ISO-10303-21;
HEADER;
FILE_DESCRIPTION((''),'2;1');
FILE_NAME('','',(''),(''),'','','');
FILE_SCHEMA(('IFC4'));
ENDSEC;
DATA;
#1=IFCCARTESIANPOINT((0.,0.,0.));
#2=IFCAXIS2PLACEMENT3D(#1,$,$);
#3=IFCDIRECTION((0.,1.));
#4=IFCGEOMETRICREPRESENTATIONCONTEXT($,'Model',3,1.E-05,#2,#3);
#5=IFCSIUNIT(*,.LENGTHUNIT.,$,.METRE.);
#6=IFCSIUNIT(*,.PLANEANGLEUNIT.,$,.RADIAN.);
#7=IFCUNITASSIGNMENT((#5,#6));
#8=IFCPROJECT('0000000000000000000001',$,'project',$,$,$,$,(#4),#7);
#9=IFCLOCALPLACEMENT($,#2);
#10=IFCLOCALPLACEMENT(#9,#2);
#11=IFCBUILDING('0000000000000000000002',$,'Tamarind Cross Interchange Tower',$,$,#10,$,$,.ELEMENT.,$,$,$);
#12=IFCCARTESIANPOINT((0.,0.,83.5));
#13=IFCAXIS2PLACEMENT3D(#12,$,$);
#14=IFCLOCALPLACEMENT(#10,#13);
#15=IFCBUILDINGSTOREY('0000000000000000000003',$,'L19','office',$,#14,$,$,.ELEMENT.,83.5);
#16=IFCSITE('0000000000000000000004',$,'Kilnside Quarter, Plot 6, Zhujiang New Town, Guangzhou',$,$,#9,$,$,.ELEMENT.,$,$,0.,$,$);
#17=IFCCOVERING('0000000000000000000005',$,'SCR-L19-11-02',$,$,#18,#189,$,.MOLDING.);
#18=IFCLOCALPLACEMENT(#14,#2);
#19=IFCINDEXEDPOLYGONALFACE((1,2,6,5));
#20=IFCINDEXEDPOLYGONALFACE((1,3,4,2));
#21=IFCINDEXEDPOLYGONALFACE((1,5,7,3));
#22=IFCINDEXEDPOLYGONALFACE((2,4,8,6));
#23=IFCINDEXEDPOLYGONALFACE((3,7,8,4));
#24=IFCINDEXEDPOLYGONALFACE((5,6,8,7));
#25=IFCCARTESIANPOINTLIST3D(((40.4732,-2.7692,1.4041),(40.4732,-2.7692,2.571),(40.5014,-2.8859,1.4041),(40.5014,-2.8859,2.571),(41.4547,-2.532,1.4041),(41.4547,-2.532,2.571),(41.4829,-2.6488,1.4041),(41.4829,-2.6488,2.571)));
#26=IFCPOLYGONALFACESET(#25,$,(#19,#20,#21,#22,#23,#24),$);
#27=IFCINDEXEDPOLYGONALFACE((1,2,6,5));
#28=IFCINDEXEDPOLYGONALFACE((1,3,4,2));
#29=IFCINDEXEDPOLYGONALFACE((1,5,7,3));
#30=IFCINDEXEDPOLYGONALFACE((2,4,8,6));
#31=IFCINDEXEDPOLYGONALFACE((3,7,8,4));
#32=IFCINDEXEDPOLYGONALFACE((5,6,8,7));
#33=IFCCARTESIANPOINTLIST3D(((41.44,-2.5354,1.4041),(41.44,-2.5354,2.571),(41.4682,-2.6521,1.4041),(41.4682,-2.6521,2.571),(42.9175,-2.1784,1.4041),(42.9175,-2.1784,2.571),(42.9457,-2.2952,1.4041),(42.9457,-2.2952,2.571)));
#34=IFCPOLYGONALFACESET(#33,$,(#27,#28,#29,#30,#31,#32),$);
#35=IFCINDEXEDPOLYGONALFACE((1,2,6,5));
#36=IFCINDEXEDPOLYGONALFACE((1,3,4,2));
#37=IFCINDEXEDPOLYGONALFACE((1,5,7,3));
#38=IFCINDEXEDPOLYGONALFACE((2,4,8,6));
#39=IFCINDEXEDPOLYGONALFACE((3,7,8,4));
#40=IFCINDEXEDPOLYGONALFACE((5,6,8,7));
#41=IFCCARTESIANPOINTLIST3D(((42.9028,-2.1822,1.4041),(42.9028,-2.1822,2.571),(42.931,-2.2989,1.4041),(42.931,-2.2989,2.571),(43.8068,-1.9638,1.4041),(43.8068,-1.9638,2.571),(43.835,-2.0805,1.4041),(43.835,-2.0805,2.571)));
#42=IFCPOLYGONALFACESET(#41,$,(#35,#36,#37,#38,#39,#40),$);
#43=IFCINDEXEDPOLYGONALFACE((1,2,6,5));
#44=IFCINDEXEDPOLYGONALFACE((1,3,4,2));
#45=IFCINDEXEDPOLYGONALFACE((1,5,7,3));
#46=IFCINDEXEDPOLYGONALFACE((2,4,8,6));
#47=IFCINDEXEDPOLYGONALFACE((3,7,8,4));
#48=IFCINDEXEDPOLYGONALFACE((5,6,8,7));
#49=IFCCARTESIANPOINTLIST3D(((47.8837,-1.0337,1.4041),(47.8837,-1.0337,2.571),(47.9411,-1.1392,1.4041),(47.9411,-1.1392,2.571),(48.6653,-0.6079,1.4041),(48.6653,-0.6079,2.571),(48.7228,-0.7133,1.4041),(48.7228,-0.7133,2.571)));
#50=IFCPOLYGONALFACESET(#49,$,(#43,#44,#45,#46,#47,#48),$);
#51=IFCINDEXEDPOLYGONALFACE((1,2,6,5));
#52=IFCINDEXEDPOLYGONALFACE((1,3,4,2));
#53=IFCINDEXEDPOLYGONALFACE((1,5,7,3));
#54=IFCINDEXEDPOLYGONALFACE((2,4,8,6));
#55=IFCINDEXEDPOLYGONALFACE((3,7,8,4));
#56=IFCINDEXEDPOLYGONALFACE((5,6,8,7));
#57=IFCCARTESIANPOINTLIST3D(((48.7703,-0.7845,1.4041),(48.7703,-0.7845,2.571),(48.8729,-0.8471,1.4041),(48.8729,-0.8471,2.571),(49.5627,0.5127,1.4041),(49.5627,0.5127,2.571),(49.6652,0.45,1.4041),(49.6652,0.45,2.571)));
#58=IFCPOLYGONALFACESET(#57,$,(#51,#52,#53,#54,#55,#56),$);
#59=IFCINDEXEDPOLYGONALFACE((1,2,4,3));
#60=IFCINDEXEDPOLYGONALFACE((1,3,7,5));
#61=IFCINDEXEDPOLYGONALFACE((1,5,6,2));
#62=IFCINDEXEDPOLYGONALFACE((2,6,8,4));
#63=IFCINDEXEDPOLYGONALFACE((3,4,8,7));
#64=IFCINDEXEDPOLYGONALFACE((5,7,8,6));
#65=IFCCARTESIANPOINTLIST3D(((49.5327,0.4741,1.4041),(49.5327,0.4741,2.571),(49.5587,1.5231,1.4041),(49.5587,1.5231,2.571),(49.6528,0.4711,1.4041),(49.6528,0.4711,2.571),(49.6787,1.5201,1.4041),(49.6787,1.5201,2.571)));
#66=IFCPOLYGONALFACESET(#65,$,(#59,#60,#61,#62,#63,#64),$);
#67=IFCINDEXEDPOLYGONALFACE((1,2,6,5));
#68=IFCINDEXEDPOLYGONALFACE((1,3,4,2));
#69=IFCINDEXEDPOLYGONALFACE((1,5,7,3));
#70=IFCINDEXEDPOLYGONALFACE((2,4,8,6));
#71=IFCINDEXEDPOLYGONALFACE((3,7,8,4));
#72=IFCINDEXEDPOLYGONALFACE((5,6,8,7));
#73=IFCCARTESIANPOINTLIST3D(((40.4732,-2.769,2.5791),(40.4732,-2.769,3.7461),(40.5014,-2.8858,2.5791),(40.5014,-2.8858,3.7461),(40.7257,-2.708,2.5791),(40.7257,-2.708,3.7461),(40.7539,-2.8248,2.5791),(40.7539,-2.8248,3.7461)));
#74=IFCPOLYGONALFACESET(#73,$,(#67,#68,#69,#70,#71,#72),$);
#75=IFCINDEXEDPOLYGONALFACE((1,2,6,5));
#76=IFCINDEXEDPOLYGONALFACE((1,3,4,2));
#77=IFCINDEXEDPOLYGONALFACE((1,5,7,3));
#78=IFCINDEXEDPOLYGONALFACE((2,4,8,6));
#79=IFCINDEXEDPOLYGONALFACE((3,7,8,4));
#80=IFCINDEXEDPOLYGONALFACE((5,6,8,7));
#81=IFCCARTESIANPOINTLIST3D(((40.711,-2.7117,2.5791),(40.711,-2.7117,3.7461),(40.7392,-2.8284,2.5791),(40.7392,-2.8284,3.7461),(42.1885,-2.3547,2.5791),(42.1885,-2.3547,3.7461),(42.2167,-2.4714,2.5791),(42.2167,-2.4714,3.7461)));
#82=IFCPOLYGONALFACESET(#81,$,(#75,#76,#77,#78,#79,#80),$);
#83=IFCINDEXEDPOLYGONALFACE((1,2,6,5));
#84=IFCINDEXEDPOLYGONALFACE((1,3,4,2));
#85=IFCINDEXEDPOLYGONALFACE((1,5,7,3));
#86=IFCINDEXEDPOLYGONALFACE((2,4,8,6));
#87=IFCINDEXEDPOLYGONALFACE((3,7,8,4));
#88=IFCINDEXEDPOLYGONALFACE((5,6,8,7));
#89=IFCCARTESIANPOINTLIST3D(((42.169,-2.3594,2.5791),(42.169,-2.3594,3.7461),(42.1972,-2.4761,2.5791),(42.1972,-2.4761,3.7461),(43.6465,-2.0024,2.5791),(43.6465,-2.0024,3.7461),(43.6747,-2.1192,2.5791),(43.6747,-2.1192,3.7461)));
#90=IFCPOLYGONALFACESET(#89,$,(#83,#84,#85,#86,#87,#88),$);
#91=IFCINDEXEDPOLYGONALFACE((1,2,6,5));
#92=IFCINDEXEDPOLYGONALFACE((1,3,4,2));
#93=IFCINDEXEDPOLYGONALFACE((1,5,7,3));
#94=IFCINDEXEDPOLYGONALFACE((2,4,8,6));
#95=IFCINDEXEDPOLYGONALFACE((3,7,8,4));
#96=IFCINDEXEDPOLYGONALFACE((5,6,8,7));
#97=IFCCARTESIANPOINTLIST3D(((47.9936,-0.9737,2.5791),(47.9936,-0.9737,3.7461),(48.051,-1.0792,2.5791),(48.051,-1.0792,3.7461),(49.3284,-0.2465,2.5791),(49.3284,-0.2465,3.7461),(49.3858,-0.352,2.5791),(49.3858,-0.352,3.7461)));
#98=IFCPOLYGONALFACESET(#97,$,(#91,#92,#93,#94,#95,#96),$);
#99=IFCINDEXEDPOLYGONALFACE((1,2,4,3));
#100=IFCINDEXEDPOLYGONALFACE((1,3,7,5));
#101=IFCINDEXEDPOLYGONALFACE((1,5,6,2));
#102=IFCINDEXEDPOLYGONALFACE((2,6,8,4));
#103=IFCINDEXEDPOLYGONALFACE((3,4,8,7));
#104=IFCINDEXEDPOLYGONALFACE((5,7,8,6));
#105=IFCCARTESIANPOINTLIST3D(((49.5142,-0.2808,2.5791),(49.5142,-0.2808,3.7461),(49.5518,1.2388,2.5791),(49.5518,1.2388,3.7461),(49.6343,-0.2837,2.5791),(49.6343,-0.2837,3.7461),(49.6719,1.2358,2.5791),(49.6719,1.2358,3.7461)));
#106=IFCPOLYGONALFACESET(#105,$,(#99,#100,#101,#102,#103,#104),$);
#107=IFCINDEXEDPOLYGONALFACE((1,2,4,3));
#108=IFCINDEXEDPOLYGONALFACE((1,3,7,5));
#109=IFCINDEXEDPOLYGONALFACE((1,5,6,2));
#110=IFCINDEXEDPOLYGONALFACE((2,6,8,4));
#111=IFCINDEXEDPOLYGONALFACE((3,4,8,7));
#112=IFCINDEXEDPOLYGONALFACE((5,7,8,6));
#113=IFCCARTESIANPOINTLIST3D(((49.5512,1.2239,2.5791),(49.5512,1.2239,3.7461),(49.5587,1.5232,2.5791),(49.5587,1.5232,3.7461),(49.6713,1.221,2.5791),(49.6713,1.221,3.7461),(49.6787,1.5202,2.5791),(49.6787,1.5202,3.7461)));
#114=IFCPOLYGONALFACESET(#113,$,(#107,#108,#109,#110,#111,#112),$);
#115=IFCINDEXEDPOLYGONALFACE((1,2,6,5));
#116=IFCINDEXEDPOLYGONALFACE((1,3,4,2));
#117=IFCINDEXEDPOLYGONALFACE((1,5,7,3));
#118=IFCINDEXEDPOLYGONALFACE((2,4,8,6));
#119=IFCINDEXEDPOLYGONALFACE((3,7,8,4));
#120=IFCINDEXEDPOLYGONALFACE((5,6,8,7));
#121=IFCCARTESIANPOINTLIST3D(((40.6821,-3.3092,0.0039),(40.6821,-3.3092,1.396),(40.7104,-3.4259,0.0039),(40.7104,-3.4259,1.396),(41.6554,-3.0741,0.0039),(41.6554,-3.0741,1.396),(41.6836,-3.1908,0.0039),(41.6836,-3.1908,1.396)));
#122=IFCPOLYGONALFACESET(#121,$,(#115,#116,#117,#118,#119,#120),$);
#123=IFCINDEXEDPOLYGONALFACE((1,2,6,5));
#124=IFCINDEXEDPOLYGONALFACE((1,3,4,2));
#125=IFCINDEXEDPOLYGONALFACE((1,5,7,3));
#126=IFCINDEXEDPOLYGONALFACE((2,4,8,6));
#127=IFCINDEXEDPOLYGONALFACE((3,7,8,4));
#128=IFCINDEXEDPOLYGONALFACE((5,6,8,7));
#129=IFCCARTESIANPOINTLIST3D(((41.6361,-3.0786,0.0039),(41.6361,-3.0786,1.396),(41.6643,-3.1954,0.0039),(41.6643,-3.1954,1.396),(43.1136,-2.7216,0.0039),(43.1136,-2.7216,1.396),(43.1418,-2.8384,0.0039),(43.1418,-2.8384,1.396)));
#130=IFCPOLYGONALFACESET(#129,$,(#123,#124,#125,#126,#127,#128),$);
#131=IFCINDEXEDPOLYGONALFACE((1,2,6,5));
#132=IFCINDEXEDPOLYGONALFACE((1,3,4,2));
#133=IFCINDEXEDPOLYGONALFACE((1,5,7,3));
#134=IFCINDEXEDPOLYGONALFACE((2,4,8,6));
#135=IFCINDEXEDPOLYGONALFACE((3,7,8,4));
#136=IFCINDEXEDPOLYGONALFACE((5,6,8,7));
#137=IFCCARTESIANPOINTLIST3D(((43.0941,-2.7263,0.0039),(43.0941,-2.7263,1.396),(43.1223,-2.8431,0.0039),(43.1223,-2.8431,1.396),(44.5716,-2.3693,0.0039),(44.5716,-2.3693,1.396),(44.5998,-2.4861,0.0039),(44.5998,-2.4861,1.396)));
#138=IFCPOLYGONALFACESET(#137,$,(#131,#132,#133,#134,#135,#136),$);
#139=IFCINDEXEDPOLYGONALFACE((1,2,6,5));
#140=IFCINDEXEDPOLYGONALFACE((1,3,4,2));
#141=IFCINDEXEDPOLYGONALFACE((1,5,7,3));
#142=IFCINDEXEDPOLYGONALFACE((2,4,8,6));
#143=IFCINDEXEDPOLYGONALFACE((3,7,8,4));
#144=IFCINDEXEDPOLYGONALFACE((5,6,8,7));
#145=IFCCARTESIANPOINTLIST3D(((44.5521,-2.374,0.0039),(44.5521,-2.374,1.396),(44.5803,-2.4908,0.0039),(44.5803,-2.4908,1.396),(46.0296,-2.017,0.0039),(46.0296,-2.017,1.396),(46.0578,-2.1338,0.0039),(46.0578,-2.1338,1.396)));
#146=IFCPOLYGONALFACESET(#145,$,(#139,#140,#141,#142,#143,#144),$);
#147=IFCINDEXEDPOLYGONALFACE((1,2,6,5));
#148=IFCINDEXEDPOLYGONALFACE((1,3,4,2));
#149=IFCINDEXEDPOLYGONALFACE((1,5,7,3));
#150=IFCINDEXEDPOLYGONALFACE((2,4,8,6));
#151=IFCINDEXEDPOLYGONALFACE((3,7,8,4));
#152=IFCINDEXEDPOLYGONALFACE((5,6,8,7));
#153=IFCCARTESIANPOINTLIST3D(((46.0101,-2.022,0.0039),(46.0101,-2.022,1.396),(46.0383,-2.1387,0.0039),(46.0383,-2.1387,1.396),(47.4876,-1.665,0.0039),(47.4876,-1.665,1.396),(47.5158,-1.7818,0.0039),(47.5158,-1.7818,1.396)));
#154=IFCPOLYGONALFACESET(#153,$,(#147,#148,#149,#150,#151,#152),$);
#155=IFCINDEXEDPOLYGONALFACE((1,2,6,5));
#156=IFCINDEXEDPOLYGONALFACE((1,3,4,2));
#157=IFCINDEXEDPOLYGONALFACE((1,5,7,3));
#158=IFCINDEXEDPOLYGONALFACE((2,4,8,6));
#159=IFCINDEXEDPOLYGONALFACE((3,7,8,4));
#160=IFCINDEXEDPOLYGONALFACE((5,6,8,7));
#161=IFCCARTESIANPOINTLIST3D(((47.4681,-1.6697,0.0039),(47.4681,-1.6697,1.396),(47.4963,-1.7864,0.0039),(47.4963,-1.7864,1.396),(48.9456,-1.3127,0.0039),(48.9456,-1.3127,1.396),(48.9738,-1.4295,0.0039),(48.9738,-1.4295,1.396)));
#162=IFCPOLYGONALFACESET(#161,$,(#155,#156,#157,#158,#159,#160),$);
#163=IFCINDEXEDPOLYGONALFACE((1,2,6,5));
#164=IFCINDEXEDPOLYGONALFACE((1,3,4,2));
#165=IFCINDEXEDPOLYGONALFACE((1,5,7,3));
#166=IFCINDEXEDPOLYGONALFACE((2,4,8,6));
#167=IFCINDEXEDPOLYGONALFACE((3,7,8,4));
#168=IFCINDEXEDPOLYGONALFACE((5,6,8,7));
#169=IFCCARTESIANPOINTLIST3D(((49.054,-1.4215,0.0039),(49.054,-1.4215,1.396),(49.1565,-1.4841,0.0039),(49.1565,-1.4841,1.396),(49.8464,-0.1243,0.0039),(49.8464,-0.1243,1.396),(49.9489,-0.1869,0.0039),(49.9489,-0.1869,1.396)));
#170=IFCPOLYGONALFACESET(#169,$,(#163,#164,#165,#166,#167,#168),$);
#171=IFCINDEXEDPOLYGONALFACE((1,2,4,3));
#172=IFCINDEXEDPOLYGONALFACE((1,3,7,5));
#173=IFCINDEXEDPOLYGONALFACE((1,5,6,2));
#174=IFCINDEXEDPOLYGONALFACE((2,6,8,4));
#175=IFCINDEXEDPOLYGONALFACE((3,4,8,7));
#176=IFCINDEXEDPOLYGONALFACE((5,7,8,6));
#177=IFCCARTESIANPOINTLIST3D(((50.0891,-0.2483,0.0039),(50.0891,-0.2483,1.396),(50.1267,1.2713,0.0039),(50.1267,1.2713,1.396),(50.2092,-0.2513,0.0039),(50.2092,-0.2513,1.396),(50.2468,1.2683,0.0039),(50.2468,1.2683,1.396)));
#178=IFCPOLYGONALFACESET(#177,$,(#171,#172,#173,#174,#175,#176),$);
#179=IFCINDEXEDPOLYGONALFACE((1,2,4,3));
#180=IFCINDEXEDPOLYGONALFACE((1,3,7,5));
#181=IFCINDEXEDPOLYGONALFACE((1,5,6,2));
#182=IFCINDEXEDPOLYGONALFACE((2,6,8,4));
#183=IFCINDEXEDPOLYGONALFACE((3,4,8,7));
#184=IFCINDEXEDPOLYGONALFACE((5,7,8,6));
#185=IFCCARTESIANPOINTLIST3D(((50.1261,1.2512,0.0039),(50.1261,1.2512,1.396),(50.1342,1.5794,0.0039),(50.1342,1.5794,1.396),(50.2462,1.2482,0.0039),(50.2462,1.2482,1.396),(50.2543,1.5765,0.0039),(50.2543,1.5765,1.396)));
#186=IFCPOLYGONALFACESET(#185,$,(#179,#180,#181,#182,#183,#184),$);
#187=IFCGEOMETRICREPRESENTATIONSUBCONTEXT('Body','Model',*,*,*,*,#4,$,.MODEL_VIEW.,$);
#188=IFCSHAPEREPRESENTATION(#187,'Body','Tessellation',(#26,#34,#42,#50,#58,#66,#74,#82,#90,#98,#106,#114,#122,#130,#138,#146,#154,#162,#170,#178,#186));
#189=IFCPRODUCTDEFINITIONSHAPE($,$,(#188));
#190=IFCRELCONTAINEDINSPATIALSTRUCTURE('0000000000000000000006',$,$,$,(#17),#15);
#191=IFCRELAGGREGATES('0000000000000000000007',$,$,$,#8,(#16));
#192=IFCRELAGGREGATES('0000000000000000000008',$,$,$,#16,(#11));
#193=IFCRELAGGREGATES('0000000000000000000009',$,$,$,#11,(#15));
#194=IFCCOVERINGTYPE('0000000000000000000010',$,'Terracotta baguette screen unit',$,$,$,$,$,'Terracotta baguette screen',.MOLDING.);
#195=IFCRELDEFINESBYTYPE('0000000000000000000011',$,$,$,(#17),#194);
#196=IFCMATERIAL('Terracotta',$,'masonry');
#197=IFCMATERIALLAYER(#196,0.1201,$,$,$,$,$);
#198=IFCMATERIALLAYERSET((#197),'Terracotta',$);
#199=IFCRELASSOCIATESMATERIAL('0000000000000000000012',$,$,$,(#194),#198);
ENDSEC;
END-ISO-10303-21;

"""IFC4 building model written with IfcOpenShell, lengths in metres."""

from ifc_helpers import new_model, si_unit, direction, frame, origin, origin_2d, place, context, subcontext, project, spatial, rectangle, extrude, material, layer, layer_set, type_object, element, save


model = new_model("IFC4")

# Units and contexts
model_context = context("Model", 3, precision=1e-05, world=origin(), true_north=direction((0.0, 1.0)))
body_context = subcontext(model_context, "Body", "Model", "MODEL_VIEW")
ifc_project = project(units=[si_unit("LENGTHUNIT", "METRE"), si_unit("PLANEANGLEUNIT", "RADIAN")], contexts=[model_context])

# Site, building, storey
site_placement = place(None, origin())
site = spatial("IfcSite", under=ifc_project, at=site_placement, Name="Kilnside Quarter, Plot 6, Zhujiang New Town, Guangzhou", CompositionType="ELEMENT", RefElevation=0.0)
building_placement = place(site_placement, origin())
building = spatial("IfcBuilding", under=site, at=building_placement, Name="Tamarind Cross Interchange Tower", CompositionType="ELEMENT")
storey_placement = place(building_placement, frame((0.0, 0.0, 83.5)))
storey = spatial("IfcBuildingStorey", under=building, at=storey_placement, Name="L19", Description="office", CompositionType="ELEMENT", Elevation=83.5)

# Covering
ifc_material_1 = material(Name="Terracotta", Category="masonry")
ifc_layer_1 = layer(ifc_material_1, 0.1201)
ifc_layer_set_1 = layer_set([ifc_layer_1], Name="Terracotta")
covering_type = type_object("IfcCoveringType", Name="Terracotta baguette screen unit", ElementType="Terracotta baguette screen", PredefinedType="MOLDING", material=ifc_layer_set_1)
covering_1_placement = place(storey_placement, origin())
element("IfcCovering", 1, at=covering_1_placement, inside=storey, type_object=covering_type, Name="SCR-L19-11-02", PredefinedType="MOLDING", context=body_context, shape_type="SweptSolid", body=[
    extrude(rectangle(XDim=1.0098, YDim=0.1201, at=origin_2d()), frame((40.978, -2.709, 1.4041), z_axis=(0.0, 0.0, 1.0), x_axis=(0.972033, 0.234844, 0.0)), (0.0, 0.0, 1.0), 1.167),
    extrude(rectangle(XDim=1.52, YDim=0.1201, at=origin_2d()), frame((42.1929, -2.4153, 1.4041), z_axis=(0.0, 0.0, 1.0), x_axis=(0.972033, 0.234844, 0.0)), (0.0, 0.0, 1.0), 1.167),
    extrude(rectangle(XDim=0.9299, YDim=0.1201, at=origin_2d()), frame((43.3689, -2.1313, 1.4041), z_axis=(0.0, 0.0, 1.0), x_axis=(0.972033, 0.234844, 0.0)), (0.0, 0.0, 1.0), 1.167),
    extrude(rectangle(XDim=0.8901, YDim=0.1201, at=origin_2d()), frame((48.3032, -0.8735, 1.4041), z_axis=(0.0, 0.0, 1.0), x_axis=(0.87813, 0.478422, 0.0)), (0.0, 0.0, 1.0), 1.167),
    extrude(rectangle(XDim=1.52, YDim=0.1201, at=origin_2d()), frame((49.2178, -0.1672, 1.4041), z_axis=(0.0, 0.0, 1.0), x_axis=(0.521272, 0.853391, 0.0)), (0.0, 0.0, 1.0), 1.167),
    extrude(rectangle(XDim=1.0493, YDim=0.1201, at=origin_2d()), frame((49.6057, 0.9971, 1.4041), z_axis=(0.0, 0.0, 1.0), x_axis=(0.024739, 0.999694, 0.0)), (0.0, 0.0, 1.0), 1.167),
    extrude(rectangle(XDim=0.2598, YDim=0.1201, at=origin_2d()), frame((40.6135, -2.7969, 2.5791), z_axis=(0.0, 0.0, 1.0), x_axis=(0.972033, 0.234844, 0.0)), (0.0, 0.0, 1.0), 1.167),
    extrude(rectangle(XDim=1.52, YDim=0.1201, at=origin_2d()), frame((41.4639, -2.5916, 2.5791), z_axis=(0.0, 0.0, 1.0), x_axis=(0.972033, 0.234844, 0.0)), (0.0, 0.0, 1.0), 1.167),
    extrude(rectangle(XDim=1.52, YDim=0.1201, at=origin_2d()), frame((42.9219, -2.2393, 2.5791), z_axis=(0.0, 0.0, 1.0), x_axis=(0.972033, 0.234844, 0.0)), (0.0, 0.0, 1.0), 1.167),
    extrude(rectangle(XDim=1.52, YDim=0.1201, at=origin_2d()), frame((48.6897, -0.6628, 2.5791), z_axis=(0.0, 0.0, 1.0), x_axis=(0.87813, 0.478422, 0.0)), (0.0, 0.0, 1.0), 1.167),
    extrude(rectangle(XDim=1.52, YDim=0.1201, at=origin_2d()), frame((49.593, 0.4775, 2.5791), z_axis=(0.0, 0.0, 1.0), x_axis=(0.024739, 0.999694, 0.0)), (0.0, 0.0, 1.0), 1.167),
    extrude(rectangle(XDim=0.2993, YDim=0.1201, at=origin_2d()), frame((49.615, 1.3721, 2.5791), z_axis=(0.0, 0.0, 1.0), x_axis=(0.024739, 0.999694, 0.0)), (0.0, 0.0, 1.0), 1.167),
    extrude(rectangle(XDim=1.0012, YDim=0.1201, at=origin_2d()), frame((41.1829, -3.25, 0.0039), z_axis=(0.0, 0.0, 1.0), x_axis=(0.972033, 0.234844, 0.0)), (0.0, 0.0, 1.0), 1.3921),
    extrude(rectangle(XDim=1.52, YDim=0.1201, at=origin_2d()), frame((42.3889, -2.9585, 0.0039), z_axis=(0.0, 0.0, 1.0), x_axis=(0.972033, 0.234844, 0.0)), (0.0, 0.0, 1.0), 1.3921),
    extrude(rectangle(XDim=1.52, YDim=0.1201, at=origin_2d()), frame((43.8469, -2.6062, 0.0039), z_axis=(0.0, 0.0, 1.0), x_axis=(0.972033, 0.234844, 0.0)), (0.0, 0.0, 1.0), 1.3921),
    extrude(rectangle(XDim=1.52, YDim=0.1201, at=origin_2d()), frame((45.3049, -2.2539, 0.0039), z_axis=(0.0, 0.0, 1.0), x_axis=(0.972033, 0.234844, 0.0)), (0.0, 0.0, 1.0), 1.3921),
    extrude(rectangle(XDim=1.52, YDim=0.1201, at=origin_2d()), frame((46.7629, -1.9019, 0.0039), z_axis=(0.0, 0.0, 1.0), x_axis=(0.972033, 0.234844, 0.0)), (0.0, 0.0, 1.0), 1.3921),
    extrude(rectangle(XDim=1.52, YDim=0.1201, at=origin_2d()), frame((48.2209, -1.5496, 0.0039), z_axis=(0.0, 0.0, 1.0), x_axis=(0.972033, 0.234844, 0.0)), (0.0, 0.0, 1.0), 1.3921),
    extrude(rectangle(XDim=1.52, YDim=0.1201, at=origin_2d()), frame((49.5015, -0.8042, 0.0039), z_axis=(0.0, 0.0, 1.0), x_axis=(0.521272, 0.853391, 0.0)), (0.0, 0.0, 1.0), 1.3921),
    extrude(rectangle(XDim=1.52, YDim=0.1201, at=origin_2d()), frame((50.168, 0.51, 0.0039), z_axis=(0.0, 0.0, 1.0), x_axis=(0.024739, 0.999694, 0.0)), (0.0, 0.0, 1.0), 1.3921),
    extrude(rectangle(XDim=0.3284, YDim=0.1201, at=origin_2d()), frame((50.1902, 1.4138, 0.0039), z_axis=(0.0, 0.0, 1.0), x_axis=(0.024739, 0.999694, 0.0)), (0.0, 0.0, 1.0), 1.3921),
])

save(model, "model.ifc")
